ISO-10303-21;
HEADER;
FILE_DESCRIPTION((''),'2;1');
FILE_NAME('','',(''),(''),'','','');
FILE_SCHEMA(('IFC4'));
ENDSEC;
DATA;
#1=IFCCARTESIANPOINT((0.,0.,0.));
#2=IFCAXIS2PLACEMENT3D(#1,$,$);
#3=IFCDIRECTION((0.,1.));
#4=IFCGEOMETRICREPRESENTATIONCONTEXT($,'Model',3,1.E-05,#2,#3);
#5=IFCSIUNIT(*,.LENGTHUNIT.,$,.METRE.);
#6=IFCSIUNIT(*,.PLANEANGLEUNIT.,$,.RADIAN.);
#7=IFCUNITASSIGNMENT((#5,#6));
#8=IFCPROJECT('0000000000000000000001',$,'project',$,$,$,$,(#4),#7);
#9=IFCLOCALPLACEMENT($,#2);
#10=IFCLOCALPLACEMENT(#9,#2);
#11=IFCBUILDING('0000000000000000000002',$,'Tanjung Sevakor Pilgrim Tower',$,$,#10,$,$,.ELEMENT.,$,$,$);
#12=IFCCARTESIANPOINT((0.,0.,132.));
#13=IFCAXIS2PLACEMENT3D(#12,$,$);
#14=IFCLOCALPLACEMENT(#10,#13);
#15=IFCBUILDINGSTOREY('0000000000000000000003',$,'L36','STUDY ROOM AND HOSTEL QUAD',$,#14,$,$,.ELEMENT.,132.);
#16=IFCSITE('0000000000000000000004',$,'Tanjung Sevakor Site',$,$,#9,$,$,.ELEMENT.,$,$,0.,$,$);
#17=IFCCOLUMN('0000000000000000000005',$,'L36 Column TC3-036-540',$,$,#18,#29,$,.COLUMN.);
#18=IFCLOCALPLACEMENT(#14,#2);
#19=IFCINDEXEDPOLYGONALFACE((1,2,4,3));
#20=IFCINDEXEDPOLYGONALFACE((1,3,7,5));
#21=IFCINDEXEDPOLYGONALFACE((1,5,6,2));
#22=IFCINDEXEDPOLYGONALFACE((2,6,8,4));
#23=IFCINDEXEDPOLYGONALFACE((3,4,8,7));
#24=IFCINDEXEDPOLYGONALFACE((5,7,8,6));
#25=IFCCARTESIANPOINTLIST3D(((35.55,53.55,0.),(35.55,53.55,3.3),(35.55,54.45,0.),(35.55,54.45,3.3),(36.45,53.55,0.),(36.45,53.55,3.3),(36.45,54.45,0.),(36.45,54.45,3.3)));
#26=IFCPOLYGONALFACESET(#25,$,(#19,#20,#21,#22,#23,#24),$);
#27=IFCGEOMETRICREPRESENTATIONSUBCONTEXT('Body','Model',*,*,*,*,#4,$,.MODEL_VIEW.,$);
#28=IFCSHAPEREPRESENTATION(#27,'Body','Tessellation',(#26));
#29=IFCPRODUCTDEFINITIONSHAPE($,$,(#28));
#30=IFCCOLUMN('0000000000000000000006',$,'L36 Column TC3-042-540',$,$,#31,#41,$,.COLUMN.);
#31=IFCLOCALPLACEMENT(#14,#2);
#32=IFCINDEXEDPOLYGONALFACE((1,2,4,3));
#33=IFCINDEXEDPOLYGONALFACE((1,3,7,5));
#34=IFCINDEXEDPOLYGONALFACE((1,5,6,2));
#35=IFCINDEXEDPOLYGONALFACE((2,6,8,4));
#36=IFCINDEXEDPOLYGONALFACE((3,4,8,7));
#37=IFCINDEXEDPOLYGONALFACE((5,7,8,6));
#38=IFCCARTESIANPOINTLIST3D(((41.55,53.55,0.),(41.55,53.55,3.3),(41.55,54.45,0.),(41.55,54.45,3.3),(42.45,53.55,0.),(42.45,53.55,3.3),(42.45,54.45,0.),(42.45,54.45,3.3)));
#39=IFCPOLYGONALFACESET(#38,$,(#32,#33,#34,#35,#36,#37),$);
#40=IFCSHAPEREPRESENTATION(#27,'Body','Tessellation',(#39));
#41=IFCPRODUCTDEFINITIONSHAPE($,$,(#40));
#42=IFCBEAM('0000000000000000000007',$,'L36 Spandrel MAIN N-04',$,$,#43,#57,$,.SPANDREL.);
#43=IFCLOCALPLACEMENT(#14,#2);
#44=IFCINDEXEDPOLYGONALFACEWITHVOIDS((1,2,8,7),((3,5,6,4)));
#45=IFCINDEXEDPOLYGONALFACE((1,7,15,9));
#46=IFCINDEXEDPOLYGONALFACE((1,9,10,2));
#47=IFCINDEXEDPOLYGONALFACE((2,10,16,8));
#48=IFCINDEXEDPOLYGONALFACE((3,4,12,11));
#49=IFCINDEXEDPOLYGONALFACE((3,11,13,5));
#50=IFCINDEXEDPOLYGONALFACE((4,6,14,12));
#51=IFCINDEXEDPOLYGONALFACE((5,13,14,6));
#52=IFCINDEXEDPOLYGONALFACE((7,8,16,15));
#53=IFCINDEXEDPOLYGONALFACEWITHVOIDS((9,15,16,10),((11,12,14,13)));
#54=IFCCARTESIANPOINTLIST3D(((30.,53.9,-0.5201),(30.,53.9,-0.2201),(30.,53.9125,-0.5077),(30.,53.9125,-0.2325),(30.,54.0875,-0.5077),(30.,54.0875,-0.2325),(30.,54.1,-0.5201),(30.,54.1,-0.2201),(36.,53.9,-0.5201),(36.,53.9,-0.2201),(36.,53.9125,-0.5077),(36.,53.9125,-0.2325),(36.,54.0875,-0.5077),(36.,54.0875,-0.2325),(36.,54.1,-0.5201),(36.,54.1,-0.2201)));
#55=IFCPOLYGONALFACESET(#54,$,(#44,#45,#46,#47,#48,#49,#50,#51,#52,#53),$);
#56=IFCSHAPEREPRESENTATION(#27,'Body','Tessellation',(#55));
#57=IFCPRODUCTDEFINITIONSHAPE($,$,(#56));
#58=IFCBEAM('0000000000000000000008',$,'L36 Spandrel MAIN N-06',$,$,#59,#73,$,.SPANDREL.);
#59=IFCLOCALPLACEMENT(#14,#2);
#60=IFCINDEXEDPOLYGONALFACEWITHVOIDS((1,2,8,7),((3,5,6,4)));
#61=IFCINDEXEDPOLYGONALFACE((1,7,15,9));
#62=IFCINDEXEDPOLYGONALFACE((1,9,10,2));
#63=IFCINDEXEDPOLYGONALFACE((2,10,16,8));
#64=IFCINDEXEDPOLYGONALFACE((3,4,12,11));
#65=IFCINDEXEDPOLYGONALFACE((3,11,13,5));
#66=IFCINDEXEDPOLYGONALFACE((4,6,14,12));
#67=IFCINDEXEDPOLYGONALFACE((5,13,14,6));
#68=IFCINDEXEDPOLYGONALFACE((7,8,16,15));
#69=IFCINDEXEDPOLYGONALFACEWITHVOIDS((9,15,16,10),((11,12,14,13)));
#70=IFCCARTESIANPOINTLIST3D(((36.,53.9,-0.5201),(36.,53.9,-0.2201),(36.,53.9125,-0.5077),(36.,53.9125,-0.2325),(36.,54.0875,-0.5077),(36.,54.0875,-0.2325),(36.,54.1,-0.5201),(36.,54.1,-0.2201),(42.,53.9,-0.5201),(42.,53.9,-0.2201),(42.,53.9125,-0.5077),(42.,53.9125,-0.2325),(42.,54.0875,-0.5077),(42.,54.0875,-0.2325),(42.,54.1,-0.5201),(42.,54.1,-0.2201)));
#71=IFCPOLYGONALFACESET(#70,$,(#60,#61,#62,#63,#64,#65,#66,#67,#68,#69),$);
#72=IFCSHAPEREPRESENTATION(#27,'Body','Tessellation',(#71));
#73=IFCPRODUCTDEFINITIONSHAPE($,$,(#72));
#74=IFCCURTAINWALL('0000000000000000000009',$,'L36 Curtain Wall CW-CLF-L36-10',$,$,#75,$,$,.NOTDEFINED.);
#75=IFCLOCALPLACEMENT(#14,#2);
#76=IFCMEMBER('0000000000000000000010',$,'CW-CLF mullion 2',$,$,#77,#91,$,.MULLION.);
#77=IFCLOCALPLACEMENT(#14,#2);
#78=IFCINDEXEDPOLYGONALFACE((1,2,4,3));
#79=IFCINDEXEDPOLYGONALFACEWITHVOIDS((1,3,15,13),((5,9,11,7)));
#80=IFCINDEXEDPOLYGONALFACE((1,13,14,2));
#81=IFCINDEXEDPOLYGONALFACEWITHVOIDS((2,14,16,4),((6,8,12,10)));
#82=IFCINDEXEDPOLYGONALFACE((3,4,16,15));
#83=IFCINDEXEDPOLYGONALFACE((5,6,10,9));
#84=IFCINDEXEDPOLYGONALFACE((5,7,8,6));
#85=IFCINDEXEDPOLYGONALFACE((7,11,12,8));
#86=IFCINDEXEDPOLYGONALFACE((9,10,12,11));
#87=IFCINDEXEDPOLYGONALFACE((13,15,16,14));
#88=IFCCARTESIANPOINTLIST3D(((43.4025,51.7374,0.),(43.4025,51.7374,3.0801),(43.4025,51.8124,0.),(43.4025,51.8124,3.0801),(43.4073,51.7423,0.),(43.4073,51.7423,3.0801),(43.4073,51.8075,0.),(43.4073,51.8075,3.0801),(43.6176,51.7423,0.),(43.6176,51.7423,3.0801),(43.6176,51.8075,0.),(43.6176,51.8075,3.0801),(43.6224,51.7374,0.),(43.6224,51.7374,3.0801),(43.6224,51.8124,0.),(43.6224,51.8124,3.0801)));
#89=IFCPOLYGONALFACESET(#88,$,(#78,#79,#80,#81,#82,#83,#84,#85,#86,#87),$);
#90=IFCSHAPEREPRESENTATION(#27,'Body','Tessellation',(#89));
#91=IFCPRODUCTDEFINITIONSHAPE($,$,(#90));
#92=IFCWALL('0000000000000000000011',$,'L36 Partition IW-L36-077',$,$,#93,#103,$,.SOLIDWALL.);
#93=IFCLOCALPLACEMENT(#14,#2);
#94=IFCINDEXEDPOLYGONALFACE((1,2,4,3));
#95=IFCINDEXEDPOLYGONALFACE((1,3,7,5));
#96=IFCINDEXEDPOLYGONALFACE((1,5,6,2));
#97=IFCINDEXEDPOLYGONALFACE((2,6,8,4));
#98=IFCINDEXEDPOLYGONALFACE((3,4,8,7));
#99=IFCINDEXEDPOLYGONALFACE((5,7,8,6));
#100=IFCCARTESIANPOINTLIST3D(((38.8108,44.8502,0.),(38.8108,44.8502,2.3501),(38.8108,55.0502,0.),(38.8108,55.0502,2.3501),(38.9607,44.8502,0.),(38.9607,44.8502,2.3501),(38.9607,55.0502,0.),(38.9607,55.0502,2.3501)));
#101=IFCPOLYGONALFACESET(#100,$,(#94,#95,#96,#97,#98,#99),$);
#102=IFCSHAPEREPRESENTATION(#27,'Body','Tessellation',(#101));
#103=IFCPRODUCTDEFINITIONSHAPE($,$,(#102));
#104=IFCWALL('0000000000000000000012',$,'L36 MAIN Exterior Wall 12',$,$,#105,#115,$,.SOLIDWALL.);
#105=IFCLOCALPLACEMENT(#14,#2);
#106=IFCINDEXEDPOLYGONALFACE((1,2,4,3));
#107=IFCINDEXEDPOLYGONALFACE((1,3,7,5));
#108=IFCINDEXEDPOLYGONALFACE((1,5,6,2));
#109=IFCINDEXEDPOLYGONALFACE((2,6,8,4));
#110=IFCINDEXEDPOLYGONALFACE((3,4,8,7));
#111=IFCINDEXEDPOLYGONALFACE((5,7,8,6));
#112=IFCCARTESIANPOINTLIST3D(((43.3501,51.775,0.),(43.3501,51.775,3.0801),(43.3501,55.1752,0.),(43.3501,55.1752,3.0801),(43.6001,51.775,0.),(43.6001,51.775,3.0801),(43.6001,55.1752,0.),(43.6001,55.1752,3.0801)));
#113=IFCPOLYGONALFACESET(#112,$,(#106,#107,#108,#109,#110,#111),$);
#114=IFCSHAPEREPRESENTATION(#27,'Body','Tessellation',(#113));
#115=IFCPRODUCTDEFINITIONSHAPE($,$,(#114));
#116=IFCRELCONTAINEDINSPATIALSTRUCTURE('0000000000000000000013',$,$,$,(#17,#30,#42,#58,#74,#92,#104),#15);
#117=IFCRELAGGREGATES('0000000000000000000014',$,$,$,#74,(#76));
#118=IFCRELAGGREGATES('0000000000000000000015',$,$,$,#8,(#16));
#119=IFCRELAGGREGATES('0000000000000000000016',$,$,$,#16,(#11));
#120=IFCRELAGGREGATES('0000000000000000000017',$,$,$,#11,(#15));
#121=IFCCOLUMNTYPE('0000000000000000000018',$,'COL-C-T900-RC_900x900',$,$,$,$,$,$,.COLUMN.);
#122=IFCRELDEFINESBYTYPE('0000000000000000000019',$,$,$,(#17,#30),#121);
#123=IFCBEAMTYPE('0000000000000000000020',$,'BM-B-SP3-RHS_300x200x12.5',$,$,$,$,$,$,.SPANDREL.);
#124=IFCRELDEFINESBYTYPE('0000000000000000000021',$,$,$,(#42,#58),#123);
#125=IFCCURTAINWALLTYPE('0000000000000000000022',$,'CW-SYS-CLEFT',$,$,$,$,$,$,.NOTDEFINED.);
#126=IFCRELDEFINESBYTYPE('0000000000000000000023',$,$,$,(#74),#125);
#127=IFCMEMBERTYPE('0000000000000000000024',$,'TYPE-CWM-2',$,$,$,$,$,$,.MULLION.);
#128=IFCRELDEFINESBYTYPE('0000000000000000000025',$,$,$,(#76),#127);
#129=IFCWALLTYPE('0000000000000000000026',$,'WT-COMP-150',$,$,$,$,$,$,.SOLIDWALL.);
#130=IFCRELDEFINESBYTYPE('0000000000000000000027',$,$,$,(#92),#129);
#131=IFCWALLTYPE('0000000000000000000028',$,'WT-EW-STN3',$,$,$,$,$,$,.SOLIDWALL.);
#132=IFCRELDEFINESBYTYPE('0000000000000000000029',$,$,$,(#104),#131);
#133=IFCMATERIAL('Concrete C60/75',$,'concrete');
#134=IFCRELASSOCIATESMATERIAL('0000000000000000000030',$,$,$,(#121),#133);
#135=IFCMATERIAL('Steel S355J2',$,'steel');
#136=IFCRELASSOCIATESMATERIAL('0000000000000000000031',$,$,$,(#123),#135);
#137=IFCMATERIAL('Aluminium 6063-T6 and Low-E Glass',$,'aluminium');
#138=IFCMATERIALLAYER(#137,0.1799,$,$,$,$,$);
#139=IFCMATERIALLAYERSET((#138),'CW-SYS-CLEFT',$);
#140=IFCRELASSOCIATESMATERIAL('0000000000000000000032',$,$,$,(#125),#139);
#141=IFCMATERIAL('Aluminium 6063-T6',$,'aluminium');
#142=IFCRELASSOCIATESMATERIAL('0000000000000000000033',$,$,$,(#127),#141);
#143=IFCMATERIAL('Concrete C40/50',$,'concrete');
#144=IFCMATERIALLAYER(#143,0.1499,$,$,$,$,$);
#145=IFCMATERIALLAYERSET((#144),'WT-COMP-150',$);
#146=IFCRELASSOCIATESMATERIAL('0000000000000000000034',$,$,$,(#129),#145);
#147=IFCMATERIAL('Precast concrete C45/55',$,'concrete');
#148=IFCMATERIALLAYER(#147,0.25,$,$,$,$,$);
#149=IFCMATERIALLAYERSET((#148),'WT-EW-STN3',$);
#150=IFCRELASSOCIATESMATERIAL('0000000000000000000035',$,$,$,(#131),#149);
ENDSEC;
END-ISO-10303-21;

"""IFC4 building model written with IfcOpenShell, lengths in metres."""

from ifc_helpers import new_model, si_unit, direction, frame, frame_2d, origin, origin_2d, place, context, subcontext, project, spatial, rectangle, hollow_rectangle, extrude, material, layer, layer_set, material_profile, profile_set, type_object, element, aggregate, save


model = new_model("IFC4")

# Units and contexts
model_context = context("Model", 3, precision=1e-05, world=origin(), true_north=direction((0.0, 1.0)))
body_context = subcontext(model_context, "Body", "Model", "MODEL_VIEW")
ifc_project = project(units=[si_unit("LENGTHUNIT", "METRE"), si_unit("PLANEANGLEUNIT", "RADIAN")], contexts=[model_context])

# Site, building, storey
site_placement = place(None, origin())
site = spatial("IfcSite", under=ifc_project, at=site_placement, Name="Tanjung Sevakor Site", CompositionType="ELEMENT", RefElevation=0.0)
building_placement = place(site_placement, origin())
building = spatial("IfcBuilding", under=site, at=building_placement, Name="Tanjung Sevakor Pilgrim Tower", CompositionType="ELEMENT")
storey_placement = place(building_placement, frame((0.0, 0.0, 132.0)))
storey = spatial("IfcBuildingStorey", under=building, at=storey_placement, Name="L36", Description="STUDY ROOM AND HOSTEL QUAD", CompositionType="ELEMENT", Elevation=132.0)

# Columns
ifc_material_1 = material(Name="Concrete C60/75", Category="concrete")
ifc_material_profile_1 = material_profile(ifc_material_1, rectangle(XDim=0.8999, YDim=0.8999, at=origin_2d()))
ifc_profile_set_1 = profile_set([ifc_material_profile_1], Name="Concrete C60/75")
column_type = type_object("IfcColumnType", Name="COL-C-T900-RC_900x900", PredefinedType="COLUMN", material=ifc_profile_set_1)
for number, where, z_axis, x_axis, name in (
    (1, (36.0, 54.0, 0.0), (0.0, 0.0, 1.0), (1.0, 0.0, 0.0), "L36 Column TC3-036-540"),
    (2, (42.0, 54.0, 0.0), (0.0, 0.0, 1.0), (1.0, 0.0, 0.0), "L36 Column TC3-042-540"),
):
    element("IfcColumn", number, at=place(storey_placement, frame(where, z_axis=z_axis, x_axis=x_axis)), inside=storey, type_object=column_type, Name=name, PredefinedType="COLUMN", context=body_context, shape_type="SweptSolid", body=[
        extrude(rectangle(XDim=0.8999, YDim=0.8999, at=origin_2d()), origin(), (0.0, 0.0, 1.0), 3.3),
    ])

# Beams
ifc_material_2 = material(Name="Steel S355J2", Category="steel")
ifc_material_profile_2 = material_profile(ifc_material_2, hollow_rectangle(XDim=0.2, YDim=0.3, WallThickness=0.0125, at=origin_2d()))
ifc_profile_set_2 = profile_set([ifc_material_profile_2], Name="Steel S355J2")
beam_type = type_object("IfcBeamType", Name="BM-B-SP3-RHS_300x200x12.5", PredefinedType="SPANDREL", material=ifc_profile_set_2)
for number, where, z_axis, x_axis, name in (
    (3, (30.0, 54.0, -0.3701), (1.0, 0.0, 0.0), (0.0, 1.0, 0.0), "L36 Spandrel MAIN N-04"),
    (4, (36.0, 54.0, -0.3701), (1.0, 0.0, 0.0), (0.0, 1.0, 0.0), "L36 Spandrel MAIN N-06"),
):
    element("IfcBeam", number, at=place(storey_placement, frame(where, z_axis=z_axis, x_axis=x_axis)), inside=storey, type_object=beam_type, Name=name, PredefinedType="SPANDREL", context=body_context, shape_type="SweptSolid", body=[
        extrude(hollow_rectangle(XDim=0.2, YDim=0.3, WallThickness=0.0125, at=origin_2d()), origin(), (0.0, 0.0, 1.0), 6.0),
    ])

# Curtain wall, member
ifc_material_3 = material(Name="Aluminium 6063-T6 and Low-E Glass", Category="aluminium")
ifc_layer_1 = layer(ifc_material_3, 0.1799)
ifc_layer_set_1 = layer_set([ifc_layer_1], Name="CW-SYS-CLEFT")
curtain_wall_type = type_object("IfcCurtainWallType", Name="CW-SYS-CLEFT", PredefinedType="NOTDEFINED", material=ifc_layer_set_1)
curtain_wall_placement = place(storey_placement, origin())
curtain_wall = element("IfcCurtainWall", 5, at=curtain_wall_placement, inside=storey, type_object=curtain_wall_type, Name="L36 Curtain Wall CW-CLF-L36-10", PredefinedType="NOTDEFINED")
ifc_material_4 = material(Name="Aluminium 6063-T6", Category="aluminium")
ifc_material_profile_3 = material_profile(ifc_material_4, hollow_rectangle(XDim=0.075, YDim=0.22, WallThickness=0.0049, at=origin_2d()))
ifc_profile_set_3 = profile_set([ifc_material_profile_3], Name="Aluminium 6063-T6")
member_type = type_object("IfcMemberType", Name="TYPE-CWM-2", PredefinedType="MULLION", material=ifc_profile_set_3)
member_placement = place(storey_placement, frame((43.5125, 51.7749, 0.0), z_axis=(0.0, 0.0, 1.0), x_axis=(0.0, -1.0, 0.0)))
member = element("IfcMember", 6, at=member_placement, type_object=member_type, Name="CW-CLF mullion 2", PredefinedType="MULLION", context=body_context, shape_type="SweptSolid", body=[
    extrude(hollow_rectangle(XDim=0.075, YDim=0.22, WallThickness=0.0049, at=origin_2d()), origin(), (0.0, 0.0, 1.0), 3.0801),
])
aggregate(curtain_wall, [member])

# Wall
ifc_material_5 = material(Name="Concrete C40/50", Category="concrete")
ifc_layer_2 = layer(ifc_material_5, 0.1499)
ifc_layer_set_2 = layer_set([ifc_layer_2], Name="WT-COMP-150")
wall_type_1 = type_object("IfcWallType", Name="WT-COMP-150", PredefinedType="SOLIDWALL", material=ifc_layer_set_2)
wall_1_placement = place(storey_placement, frame((38.8857, 44.8501, 0.0), z_axis=(0.0, 0.0, 1.0), x_axis=(0.0, 1.0, 0.0)))
element("IfcWall", 7, at=wall_1_placement, inside=storey, type_object=wall_type_1, Name="L36 Partition IW-L36-077", PredefinedType="SOLIDWALL", context=body_context, shape_type="SweptSolid", body=[
    extrude(rectangle(XDim=10.2, YDim=0.1499, at=frame_2d((5.1001, 0.0))), origin(), (0.0, 0.0, 1.0), 2.3501),
])

# Wall
ifc_material_6 = material(Name="Precast concrete C45/55", Category="concrete")
ifc_layer_3 = layer(ifc_material_6, 0.25)
ifc_layer_set_3 = layer_set([ifc_layer_3], Name="WT-EW-STN3")
wall_type_2 = type_object("IfcWallType", Name="WT-EW-STN3", PredefinedType="SOLIDWALL", material=ifc_layer_set_3)
wall_2_placement = place(storey_placement, frame((43.4751, 51.7749, 0.0), z_axis=(0.0, 0.0, 1.0), x_axis=(0.0, 1.0, 0.0)))
element("IfcWall", 8, at=wall_2_placement, inside=storey, type_object=wall_type_2, Name="L36 MAIN Exterior Wall 12", PredefinedType="SOLIDWALL", context=body_context, shape_type="SweptSolid", body=[
    extrude(rectangle(XDim=3.4001, YDim=0.25, at=frame_2d((1.7002, 0.0))), origin(), (0.0, 0.0, 1.0), 3.0801),
])

save(model, "model.ifc")
